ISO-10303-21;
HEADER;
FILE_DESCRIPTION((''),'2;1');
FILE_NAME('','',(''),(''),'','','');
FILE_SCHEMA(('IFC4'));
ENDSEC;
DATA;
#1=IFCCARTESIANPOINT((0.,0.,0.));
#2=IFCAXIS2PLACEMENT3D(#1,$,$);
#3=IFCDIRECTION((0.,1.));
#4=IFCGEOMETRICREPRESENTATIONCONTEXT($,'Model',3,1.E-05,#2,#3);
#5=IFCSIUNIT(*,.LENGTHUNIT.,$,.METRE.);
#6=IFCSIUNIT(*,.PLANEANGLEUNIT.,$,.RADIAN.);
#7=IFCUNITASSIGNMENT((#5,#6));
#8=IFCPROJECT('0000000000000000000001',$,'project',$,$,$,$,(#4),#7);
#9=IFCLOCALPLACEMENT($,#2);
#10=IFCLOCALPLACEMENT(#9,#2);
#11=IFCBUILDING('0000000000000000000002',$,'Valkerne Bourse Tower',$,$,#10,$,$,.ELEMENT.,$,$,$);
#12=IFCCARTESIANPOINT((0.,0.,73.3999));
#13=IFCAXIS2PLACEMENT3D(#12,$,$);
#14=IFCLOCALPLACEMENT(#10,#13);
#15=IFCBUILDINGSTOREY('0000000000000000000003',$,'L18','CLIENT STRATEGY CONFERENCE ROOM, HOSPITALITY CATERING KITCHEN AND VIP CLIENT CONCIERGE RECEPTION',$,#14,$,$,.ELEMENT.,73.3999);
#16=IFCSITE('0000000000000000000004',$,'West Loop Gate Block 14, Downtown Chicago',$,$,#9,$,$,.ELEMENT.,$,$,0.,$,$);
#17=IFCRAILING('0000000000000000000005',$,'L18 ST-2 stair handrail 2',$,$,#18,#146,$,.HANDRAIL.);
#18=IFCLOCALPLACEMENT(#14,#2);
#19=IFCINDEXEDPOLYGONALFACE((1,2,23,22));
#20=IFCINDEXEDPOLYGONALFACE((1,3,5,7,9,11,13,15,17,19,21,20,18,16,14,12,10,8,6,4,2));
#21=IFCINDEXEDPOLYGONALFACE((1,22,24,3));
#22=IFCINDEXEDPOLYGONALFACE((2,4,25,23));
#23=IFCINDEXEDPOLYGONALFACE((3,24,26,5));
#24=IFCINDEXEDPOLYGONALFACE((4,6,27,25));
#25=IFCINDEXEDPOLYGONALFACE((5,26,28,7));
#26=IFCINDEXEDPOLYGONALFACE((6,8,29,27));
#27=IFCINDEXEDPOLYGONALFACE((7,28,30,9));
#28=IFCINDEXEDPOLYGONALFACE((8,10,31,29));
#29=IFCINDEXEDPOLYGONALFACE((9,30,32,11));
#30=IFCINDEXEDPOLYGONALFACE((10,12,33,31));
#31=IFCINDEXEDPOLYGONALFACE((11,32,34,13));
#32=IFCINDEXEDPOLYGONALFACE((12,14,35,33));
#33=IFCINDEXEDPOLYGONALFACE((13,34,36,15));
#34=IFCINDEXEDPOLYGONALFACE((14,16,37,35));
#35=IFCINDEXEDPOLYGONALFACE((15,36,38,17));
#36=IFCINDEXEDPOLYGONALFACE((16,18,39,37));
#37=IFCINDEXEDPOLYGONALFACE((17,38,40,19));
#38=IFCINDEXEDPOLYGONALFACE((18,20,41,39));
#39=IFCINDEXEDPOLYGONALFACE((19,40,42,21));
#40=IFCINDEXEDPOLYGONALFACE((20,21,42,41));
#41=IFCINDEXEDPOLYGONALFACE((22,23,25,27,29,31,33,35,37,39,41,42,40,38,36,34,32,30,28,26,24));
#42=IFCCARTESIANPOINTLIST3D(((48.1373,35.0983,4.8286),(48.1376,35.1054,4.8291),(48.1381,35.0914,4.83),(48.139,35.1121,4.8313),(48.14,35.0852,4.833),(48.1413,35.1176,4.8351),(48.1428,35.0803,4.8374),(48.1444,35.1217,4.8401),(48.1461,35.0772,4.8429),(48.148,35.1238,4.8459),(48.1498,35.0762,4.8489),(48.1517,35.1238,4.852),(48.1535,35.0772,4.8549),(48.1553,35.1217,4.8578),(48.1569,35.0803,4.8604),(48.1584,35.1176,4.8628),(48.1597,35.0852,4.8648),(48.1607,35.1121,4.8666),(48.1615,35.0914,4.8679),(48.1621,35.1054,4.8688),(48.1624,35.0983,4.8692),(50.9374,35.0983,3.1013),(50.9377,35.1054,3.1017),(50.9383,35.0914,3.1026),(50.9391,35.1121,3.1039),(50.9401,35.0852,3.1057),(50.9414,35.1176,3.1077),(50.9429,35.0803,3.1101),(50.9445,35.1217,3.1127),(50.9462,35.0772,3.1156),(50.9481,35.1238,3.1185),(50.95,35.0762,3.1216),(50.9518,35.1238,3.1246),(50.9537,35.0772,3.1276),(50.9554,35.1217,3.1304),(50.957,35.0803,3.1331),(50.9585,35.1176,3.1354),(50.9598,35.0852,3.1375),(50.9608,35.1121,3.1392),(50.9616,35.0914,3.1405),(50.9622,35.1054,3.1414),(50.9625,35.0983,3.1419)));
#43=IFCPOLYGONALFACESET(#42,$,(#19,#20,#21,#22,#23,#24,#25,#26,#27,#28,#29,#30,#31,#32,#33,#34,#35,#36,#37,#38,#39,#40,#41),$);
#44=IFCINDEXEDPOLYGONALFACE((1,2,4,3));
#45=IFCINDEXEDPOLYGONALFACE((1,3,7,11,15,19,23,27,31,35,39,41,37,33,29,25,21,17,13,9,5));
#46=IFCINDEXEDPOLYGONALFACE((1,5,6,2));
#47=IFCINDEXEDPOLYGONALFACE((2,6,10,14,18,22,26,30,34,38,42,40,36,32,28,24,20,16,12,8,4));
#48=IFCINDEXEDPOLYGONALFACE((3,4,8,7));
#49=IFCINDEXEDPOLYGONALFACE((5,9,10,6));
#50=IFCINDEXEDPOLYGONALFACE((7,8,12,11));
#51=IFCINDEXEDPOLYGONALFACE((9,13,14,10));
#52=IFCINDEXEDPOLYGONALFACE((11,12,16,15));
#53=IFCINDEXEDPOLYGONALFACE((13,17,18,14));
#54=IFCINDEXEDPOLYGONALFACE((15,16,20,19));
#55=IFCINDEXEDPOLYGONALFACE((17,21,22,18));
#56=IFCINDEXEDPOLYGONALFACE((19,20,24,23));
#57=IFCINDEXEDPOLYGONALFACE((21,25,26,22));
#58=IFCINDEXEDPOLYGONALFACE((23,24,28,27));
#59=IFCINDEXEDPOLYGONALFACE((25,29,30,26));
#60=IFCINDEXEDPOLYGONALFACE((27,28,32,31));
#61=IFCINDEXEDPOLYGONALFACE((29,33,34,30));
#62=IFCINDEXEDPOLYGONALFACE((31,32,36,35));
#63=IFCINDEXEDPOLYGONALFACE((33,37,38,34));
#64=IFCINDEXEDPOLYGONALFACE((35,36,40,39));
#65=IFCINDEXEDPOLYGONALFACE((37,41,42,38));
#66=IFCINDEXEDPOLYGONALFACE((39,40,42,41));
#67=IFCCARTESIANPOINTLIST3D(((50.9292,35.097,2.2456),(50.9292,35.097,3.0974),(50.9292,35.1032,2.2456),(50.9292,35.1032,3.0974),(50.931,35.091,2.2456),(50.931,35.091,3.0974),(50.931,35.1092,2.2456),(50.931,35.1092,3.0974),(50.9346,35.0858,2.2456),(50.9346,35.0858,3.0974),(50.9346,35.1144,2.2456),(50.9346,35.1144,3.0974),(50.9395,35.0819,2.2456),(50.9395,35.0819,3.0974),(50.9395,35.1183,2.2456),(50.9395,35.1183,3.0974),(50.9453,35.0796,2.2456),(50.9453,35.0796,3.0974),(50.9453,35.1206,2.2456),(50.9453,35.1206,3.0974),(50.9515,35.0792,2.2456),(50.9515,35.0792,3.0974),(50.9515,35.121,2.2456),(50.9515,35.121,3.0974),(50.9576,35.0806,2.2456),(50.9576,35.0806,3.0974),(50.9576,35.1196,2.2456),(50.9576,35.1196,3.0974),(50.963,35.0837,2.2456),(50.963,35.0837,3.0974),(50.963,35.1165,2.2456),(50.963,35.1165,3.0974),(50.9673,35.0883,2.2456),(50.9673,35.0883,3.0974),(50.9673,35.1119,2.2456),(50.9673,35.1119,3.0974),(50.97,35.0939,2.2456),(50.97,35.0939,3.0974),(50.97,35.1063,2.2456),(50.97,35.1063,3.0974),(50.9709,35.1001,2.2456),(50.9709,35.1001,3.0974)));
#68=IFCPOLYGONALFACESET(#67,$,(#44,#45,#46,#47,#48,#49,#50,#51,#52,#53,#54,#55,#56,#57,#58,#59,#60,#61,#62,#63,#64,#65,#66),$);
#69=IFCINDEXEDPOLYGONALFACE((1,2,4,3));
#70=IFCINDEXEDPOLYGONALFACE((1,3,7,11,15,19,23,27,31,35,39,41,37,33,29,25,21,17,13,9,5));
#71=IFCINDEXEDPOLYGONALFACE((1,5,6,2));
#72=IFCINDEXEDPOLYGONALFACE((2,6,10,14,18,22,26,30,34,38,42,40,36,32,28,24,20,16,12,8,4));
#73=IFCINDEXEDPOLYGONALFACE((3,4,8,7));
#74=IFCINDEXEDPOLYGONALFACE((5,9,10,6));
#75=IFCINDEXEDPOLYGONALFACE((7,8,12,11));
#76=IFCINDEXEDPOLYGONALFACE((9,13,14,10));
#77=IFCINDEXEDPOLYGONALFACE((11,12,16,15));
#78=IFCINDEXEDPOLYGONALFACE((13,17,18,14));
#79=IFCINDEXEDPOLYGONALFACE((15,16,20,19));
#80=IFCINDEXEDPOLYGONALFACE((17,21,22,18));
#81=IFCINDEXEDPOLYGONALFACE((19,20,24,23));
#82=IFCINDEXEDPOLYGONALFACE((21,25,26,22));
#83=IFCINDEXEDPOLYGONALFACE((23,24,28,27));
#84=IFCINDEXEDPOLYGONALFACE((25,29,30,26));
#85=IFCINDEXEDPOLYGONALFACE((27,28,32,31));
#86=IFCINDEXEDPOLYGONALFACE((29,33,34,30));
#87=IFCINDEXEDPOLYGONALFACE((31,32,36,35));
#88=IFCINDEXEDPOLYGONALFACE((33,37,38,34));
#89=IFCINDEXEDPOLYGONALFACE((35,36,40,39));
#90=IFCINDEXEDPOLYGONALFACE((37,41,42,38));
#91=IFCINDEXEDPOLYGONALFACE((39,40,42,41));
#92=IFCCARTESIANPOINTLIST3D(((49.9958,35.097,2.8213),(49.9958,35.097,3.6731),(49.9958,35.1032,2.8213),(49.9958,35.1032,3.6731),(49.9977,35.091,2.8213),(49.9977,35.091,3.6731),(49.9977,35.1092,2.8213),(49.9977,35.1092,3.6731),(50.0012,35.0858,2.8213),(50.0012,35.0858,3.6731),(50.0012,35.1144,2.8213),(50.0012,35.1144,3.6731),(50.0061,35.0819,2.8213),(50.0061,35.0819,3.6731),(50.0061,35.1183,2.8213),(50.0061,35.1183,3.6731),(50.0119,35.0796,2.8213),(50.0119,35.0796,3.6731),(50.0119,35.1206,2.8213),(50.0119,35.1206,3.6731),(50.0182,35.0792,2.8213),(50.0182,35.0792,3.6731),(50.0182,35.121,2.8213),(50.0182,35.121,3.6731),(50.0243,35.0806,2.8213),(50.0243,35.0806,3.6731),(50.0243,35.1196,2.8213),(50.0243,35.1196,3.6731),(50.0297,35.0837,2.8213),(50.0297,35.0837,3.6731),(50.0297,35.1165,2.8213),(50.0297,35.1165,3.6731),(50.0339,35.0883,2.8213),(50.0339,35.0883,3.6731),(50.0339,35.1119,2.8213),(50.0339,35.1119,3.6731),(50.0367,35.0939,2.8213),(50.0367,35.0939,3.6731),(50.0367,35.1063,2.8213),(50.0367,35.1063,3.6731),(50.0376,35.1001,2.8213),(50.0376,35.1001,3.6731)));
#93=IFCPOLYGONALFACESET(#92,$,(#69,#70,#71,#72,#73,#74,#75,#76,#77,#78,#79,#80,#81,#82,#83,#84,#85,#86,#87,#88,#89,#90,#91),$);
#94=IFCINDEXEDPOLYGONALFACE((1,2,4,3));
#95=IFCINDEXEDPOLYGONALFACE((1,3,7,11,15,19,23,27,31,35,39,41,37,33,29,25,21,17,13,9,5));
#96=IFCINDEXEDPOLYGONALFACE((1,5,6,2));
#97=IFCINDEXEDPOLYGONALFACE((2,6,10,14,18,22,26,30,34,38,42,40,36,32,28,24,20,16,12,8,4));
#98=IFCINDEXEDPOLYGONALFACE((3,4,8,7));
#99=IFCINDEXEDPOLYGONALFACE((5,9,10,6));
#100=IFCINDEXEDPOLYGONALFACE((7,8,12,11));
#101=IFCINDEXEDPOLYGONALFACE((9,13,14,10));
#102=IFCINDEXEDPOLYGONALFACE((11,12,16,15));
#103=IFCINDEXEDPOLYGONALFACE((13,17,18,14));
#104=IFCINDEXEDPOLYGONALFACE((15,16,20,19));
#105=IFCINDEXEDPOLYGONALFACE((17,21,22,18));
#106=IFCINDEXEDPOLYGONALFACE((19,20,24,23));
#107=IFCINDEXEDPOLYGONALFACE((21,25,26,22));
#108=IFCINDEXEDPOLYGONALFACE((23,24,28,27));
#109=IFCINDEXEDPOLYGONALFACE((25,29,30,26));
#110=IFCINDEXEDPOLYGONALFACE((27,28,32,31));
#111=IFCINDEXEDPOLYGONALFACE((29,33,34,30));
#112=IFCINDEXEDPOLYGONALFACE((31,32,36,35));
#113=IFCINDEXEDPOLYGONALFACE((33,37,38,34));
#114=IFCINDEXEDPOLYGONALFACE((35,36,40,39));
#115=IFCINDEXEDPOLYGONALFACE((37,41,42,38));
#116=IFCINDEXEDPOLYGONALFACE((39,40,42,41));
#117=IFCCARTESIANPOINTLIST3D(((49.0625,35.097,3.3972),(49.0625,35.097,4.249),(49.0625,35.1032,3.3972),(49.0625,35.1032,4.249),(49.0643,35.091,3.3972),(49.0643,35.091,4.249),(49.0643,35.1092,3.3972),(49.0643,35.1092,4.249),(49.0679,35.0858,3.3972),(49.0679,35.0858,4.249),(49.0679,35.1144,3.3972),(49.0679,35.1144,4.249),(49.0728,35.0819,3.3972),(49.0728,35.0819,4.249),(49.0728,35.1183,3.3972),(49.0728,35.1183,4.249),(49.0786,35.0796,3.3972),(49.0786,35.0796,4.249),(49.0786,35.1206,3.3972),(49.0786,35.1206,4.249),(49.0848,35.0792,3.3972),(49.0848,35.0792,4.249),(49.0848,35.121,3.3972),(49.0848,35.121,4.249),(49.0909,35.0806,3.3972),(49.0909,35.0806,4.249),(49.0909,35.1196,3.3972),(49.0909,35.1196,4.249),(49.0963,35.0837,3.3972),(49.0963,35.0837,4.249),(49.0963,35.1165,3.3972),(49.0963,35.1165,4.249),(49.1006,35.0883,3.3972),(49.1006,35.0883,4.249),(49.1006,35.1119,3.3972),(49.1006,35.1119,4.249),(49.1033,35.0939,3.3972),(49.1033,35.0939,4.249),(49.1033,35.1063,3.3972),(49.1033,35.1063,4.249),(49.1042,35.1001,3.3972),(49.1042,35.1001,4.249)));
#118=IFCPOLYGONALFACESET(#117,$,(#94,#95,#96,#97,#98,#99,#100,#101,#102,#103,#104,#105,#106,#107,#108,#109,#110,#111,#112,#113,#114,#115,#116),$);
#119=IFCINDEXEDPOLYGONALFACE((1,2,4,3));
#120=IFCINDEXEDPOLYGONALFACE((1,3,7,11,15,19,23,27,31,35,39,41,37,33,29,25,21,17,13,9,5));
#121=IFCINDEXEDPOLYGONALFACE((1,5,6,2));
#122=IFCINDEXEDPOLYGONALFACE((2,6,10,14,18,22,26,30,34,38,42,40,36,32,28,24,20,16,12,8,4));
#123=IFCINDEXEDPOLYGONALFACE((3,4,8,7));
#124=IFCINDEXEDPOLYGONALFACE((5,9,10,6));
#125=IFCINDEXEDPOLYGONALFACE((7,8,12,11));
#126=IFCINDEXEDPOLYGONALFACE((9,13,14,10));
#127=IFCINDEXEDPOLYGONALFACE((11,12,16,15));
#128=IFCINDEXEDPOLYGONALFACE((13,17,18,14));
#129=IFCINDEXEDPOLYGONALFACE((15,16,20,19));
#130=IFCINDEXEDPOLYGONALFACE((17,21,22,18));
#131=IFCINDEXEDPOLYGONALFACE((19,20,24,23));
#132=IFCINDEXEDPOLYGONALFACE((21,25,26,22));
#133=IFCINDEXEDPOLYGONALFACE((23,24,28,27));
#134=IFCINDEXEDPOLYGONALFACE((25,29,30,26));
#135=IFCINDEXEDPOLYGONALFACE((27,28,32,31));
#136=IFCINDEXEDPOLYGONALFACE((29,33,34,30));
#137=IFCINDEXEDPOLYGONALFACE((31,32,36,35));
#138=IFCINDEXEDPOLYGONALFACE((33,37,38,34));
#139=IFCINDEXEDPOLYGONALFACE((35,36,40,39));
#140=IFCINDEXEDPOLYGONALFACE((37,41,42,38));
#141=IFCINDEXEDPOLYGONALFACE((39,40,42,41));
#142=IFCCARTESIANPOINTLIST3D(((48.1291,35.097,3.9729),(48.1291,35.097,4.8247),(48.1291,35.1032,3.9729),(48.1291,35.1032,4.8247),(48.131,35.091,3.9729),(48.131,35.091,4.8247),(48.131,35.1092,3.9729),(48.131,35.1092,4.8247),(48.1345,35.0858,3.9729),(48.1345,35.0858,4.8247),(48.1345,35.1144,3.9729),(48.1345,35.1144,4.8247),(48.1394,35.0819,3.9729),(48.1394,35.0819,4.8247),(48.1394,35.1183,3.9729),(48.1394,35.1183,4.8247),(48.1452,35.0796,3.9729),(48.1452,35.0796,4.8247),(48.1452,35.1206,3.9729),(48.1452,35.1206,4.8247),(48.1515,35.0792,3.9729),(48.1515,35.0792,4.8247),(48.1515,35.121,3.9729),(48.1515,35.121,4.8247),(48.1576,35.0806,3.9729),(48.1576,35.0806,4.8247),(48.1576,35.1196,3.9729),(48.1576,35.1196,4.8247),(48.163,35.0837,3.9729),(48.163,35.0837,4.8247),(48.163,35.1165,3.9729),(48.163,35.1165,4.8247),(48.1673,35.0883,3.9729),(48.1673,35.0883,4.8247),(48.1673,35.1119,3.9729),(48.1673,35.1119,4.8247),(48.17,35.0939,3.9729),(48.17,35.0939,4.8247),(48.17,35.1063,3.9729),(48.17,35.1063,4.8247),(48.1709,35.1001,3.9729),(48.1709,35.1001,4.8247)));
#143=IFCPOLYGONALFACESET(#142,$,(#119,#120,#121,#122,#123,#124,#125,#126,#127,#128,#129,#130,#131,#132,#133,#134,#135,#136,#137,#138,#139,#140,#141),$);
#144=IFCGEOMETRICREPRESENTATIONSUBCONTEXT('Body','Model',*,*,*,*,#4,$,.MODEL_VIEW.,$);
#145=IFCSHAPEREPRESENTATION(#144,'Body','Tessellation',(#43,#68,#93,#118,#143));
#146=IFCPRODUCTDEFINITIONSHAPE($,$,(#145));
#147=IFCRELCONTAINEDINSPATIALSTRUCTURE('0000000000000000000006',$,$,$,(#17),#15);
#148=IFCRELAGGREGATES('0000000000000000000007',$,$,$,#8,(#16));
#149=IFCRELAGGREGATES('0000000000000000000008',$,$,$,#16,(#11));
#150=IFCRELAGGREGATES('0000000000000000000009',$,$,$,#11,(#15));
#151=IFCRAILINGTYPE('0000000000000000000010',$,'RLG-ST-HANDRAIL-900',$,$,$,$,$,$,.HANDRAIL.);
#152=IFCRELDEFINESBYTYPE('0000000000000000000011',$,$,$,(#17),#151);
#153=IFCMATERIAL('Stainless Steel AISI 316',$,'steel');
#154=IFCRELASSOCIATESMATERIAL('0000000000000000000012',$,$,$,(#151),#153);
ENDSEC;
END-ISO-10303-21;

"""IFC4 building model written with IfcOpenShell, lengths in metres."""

from ifc_helpers import new_model, si_unit, direction, frame, origin, origin_2d, place, context, subcontext, project, spatial, circle, extrude, material, type_object, element, save


model = new_model("IFC4")

# Units and contexts
model_context = context("Model", 3, precision=1e-05, world=origin(), true_north=direction((0.0, 1.0)))
body_context = subcontext(model_context, "Body", "Model", "MODEL_VIEW")
ifc_project = project(units=[si_unit("LENGTHUNIT", "METRE"), si_unit("PLANEANGLEUNIT", "RADIAN")], contexts=[model_context])

# Site, building, storey
site_placement = place(None, origin())
site = spatial("IfcSite", under=ifc_project, at=site_placement, Name="West Loop Gate Block 14, Downtown Chicago", CompositionType="ELEMENT", RefElevation=0.0)
building_placement = place(site_placement, origin())
building = spatial("IfcBuilding", under=site, at=building_placement, Name="Valkerne Bourse Tower", CompositionType="ELEMENT")
storey_placement = place(building_placement, frame((0.0, 0.0, 73.3999)))
storey = spatial("IfcBuildingStorey", under=building, at=storey_placement, Name="L18", Description="CLIENT STRATEGY CONFERENCE ROOM, HOSPITALITY CATERING KITCHEN AND VIP CLIENT CONCIERGE RECEPTION", CompositionType="ELEMENT", Elevation=73.3999)

# Railing
ifc_material_1 = material(Name="Stainless Steel AISI 316", Category="steel")
railing_type_1 = type_object("IfcRailingType", Name="RLG-ST-HANDRAIL-900", PredefinedType="HANDRAIL", material=ifc_material_1)
railing_1_placement = place(storey_placement, frame((50.95, 35.1001, 2.2456)))
element("IfcRailing", 1, at=railing_1_placement, inside=storey, type_object=railing_type_1, Name="L18 ST-2 stair handrail 2", PredefinedType="HANDRAIL", context=body_context, shape_type="SweptSolid", body=[
    extrude(circle(Radius=0.0239, at=origin_2d()), frame((0.0, 0.0, 0.876), z_axis=(-0.85109, 0.0, 0.52502), x_axis=(0.0, -1.0, 0.0)), (0.0, 0.0, 1.0), 3.29),
    extrude(circle(Radius=0.021, at=origin_2d()), origin(), (0.0, 0.0, 1.0), 0.8518),
    extrude(circle(Radius=0.021, at=origin_2d()), frame((-0.9333, 0.0, 0.5757)), (0.0, 0.0, 1.0), 0.8518),
    extrude(circle(Radius=0.021, at=origin_2d()), frame((-1.8667, 0.0, 1.1516)), (0.0, 0.0, 1.0), 0.8518),
    extrude(circle(Radius=0.021, at=origin_2d()), frame((-2.8, 0.0, 1.7273)), (0.0, 0.0, 1.0), 0.8518),
])

save(model, "model.ifc")
